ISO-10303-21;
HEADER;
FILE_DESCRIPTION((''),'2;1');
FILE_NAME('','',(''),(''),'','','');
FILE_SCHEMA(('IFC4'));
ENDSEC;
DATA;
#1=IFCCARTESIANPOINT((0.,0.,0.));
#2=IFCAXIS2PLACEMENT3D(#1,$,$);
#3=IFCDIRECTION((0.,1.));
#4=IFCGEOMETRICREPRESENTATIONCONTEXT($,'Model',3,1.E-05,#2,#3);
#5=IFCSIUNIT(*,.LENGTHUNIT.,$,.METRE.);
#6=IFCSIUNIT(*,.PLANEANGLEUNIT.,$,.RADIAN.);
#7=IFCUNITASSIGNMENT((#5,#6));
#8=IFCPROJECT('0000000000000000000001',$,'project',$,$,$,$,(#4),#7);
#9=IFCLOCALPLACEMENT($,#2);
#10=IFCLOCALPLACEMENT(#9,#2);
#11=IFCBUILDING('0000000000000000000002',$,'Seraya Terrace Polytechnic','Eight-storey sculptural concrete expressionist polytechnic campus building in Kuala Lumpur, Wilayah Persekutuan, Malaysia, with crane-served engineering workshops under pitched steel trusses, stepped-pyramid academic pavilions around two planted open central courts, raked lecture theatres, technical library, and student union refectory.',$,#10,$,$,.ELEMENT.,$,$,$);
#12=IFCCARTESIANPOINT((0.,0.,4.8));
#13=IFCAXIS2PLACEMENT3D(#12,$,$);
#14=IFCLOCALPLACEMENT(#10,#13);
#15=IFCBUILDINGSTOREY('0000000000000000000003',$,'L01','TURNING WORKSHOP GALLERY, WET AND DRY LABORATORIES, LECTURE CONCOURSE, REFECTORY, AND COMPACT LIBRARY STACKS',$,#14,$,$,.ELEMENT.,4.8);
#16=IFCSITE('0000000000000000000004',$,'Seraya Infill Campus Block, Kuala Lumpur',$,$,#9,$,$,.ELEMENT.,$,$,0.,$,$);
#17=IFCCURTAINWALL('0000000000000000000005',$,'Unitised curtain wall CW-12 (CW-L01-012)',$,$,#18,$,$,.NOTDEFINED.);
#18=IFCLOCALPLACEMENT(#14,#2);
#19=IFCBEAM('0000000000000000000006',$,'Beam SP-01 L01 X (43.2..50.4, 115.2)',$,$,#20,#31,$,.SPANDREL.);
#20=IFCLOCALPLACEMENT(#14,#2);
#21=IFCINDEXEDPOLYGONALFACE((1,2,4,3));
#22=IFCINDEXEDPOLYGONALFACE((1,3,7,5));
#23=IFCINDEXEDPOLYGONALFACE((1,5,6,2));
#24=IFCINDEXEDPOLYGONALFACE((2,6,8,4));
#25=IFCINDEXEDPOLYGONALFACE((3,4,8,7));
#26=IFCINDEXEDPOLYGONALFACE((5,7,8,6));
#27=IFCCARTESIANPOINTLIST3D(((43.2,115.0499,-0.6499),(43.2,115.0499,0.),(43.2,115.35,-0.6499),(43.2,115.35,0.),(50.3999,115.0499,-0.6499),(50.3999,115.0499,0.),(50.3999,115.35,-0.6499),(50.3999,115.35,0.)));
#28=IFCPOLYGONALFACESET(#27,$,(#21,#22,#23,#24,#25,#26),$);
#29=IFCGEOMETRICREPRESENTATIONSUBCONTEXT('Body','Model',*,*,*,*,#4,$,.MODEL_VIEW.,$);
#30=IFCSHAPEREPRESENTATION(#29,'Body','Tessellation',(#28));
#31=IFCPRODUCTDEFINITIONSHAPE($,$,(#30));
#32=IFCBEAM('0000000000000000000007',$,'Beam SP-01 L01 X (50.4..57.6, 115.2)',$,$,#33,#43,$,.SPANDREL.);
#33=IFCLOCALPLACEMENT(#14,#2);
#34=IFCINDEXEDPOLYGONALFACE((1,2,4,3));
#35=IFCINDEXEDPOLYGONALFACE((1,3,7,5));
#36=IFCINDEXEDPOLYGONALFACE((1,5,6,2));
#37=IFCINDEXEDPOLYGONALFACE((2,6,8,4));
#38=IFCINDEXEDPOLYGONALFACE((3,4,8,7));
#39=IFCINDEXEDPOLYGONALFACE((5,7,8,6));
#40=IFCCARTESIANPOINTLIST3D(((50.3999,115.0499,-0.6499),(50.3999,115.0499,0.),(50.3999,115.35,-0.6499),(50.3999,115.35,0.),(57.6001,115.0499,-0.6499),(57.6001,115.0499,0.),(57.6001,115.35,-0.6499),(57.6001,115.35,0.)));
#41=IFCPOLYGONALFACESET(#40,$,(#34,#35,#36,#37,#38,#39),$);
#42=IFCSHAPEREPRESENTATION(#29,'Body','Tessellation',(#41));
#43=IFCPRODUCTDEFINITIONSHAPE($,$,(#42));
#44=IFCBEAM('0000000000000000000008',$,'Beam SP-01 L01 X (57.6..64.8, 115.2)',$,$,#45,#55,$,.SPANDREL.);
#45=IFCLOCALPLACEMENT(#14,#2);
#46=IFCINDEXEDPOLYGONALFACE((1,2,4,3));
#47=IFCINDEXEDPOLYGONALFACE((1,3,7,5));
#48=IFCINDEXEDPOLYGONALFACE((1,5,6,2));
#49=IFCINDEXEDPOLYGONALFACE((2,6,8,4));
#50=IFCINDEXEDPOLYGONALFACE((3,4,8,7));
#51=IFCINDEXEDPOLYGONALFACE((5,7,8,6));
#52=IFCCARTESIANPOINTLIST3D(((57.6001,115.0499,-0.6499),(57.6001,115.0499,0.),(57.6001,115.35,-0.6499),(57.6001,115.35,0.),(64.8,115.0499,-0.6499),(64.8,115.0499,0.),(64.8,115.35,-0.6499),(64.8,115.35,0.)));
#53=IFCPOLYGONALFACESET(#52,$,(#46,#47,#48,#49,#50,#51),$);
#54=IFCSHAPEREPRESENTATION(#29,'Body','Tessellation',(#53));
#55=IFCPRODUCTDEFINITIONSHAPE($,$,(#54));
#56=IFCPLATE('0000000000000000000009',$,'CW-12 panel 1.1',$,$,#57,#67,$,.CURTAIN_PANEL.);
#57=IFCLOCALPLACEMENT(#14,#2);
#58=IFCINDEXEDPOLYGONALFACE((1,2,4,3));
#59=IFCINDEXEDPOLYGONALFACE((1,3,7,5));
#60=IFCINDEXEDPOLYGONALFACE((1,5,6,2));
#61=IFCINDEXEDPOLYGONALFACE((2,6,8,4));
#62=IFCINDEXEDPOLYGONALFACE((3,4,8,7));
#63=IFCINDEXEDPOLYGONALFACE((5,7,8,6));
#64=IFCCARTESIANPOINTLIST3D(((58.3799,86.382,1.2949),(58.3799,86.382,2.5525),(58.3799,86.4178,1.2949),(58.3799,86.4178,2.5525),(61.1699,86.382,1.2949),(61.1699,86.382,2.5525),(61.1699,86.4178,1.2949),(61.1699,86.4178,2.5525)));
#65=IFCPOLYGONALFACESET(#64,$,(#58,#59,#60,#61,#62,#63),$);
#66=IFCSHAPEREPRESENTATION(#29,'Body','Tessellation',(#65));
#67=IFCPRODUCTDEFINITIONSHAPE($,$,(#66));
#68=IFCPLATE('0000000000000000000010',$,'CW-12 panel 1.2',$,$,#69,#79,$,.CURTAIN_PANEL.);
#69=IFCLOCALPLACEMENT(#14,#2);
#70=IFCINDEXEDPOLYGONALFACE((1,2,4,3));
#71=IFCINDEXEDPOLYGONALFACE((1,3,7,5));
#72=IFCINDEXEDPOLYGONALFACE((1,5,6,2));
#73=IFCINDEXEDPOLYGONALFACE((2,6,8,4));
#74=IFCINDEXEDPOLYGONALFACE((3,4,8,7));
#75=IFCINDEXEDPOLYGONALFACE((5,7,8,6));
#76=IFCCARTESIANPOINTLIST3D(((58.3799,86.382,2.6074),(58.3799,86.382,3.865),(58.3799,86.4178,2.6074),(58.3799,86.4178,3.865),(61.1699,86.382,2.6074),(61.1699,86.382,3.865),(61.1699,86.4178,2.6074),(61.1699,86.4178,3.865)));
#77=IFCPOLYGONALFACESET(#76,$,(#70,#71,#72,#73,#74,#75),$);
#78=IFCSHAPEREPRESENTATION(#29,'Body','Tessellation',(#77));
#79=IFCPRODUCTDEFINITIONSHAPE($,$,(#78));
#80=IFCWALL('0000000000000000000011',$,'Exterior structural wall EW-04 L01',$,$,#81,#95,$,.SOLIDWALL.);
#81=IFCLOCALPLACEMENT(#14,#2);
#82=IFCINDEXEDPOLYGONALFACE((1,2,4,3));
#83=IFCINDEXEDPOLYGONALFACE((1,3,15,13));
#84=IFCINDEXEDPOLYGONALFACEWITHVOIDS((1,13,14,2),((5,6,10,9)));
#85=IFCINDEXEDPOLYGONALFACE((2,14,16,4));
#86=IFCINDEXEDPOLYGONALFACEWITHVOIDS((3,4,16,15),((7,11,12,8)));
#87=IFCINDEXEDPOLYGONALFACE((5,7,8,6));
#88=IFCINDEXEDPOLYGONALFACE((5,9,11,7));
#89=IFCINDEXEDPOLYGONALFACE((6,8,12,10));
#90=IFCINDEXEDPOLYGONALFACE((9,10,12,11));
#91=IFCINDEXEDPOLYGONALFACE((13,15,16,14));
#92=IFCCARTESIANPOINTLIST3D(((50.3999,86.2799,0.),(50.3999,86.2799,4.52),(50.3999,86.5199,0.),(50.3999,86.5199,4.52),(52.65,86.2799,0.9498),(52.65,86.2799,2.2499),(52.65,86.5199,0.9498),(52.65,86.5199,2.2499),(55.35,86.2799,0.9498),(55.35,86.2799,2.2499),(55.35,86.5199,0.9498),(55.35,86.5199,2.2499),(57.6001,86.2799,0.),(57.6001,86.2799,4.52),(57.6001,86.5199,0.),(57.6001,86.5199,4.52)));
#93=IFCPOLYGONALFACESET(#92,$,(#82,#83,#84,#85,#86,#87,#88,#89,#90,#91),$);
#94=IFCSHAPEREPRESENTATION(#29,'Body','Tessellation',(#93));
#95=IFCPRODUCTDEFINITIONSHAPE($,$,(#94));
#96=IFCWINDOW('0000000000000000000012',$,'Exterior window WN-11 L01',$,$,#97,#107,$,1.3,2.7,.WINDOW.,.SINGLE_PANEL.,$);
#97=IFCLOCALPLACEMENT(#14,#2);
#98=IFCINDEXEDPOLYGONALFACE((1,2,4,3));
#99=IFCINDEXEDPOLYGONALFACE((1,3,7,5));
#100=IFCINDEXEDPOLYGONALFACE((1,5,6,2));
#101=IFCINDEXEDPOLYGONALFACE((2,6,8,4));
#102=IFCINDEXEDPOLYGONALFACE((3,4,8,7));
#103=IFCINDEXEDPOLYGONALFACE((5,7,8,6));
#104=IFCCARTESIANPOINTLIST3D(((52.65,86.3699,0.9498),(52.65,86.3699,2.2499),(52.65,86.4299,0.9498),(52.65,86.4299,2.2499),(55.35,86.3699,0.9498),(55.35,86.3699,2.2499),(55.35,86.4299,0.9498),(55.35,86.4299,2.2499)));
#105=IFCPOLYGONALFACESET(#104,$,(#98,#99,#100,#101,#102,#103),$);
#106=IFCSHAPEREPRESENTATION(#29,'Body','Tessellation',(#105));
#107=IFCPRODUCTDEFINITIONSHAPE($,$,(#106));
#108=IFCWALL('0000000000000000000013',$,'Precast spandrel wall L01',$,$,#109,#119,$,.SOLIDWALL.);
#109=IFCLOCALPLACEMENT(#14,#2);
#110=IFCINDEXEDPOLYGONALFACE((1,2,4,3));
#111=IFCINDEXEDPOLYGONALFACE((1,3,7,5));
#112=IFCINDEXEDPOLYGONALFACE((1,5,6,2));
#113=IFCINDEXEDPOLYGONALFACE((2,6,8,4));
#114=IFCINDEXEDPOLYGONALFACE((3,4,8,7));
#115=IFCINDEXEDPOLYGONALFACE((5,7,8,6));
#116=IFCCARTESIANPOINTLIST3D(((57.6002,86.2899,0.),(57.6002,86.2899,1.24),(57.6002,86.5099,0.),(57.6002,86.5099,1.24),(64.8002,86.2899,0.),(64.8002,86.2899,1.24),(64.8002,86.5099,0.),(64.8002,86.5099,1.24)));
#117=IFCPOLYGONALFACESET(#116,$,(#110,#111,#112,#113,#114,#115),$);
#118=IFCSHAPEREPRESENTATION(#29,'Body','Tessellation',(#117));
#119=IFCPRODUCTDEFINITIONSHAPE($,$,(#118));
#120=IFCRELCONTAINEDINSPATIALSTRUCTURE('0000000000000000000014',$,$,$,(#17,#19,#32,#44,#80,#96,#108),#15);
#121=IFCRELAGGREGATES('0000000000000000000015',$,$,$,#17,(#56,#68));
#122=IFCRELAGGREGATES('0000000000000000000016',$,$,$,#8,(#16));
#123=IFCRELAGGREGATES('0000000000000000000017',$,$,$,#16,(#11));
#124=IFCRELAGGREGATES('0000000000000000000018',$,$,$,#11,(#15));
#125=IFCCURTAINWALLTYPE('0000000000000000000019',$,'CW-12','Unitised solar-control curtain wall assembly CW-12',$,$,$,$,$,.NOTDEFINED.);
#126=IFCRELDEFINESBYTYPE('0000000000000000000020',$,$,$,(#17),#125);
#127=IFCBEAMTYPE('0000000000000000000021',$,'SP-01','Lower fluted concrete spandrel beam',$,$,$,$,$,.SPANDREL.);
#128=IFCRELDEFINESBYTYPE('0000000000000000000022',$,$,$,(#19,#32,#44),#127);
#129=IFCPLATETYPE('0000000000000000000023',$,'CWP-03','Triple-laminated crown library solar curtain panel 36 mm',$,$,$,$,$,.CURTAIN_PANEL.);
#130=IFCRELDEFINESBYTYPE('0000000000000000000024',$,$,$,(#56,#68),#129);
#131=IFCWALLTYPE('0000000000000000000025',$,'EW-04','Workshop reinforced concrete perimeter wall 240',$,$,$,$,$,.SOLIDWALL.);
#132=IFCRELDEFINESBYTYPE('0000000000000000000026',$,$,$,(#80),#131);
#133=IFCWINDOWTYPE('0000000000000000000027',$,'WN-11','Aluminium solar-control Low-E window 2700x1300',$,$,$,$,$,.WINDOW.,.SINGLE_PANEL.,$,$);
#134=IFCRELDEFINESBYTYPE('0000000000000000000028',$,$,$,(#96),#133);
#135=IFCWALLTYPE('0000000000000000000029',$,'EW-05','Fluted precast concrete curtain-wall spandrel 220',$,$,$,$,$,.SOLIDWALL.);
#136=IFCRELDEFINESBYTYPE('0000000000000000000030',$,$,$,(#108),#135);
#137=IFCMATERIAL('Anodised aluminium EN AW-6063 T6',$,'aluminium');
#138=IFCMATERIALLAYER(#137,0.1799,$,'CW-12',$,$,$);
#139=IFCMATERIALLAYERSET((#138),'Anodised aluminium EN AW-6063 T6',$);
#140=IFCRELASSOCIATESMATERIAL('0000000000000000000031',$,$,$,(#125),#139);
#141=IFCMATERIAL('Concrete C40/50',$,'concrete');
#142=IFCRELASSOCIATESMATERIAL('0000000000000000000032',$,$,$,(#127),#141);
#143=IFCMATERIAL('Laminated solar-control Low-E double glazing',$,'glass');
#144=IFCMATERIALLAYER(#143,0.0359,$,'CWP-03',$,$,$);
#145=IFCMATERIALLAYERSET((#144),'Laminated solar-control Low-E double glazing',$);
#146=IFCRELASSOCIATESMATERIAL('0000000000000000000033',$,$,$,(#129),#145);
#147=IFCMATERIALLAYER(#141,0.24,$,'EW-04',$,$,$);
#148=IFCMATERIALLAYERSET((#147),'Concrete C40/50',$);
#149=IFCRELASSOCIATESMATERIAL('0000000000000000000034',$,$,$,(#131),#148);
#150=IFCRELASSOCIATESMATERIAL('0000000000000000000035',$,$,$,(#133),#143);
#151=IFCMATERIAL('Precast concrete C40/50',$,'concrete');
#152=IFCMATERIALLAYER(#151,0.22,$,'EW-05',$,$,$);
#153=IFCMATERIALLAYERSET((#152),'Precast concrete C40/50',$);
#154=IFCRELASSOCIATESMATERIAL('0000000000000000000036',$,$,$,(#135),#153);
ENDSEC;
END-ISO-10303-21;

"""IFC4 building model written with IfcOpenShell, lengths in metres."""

from ifc_helpers import new_model, si_unit, direction, frame, frame_2d, origin, origin_2d, place, context, subcontext, project, spatial, rectangle, extrude, material, layer, layer_set, material_profile, profile_set, type_object, element, fill, aggregate, save


model = new_model("IFC4")

# Units and contexts
model_context = context("Model", 3, precision=1e-05, world=origin(), true_north=direction((0.0, 1.0)))
body_context = subcontext(model_context, "Body", "Model", "MODEL_VIEW")
ifc_project = project(units=[si_unit("LENGTHUNIT", "METRE"), si_unit("PLANEANGLEUNIT", "RADIAN")], contexts=[model_context])

# Site, building, storey
site_placement = place(None, origin())
site = spatial("IfcSite", under=ifc_project, at=site_placement, Name="Seraya Infill Campus Block, Kuala Lumpur", CompositionType="ELEMENT", RefElevation=0.0)
building_placement = place(site_placement, origin())
building = spatial("IfcBuilding", under=site, at=building_placement, Name="Seraya Terrace Polytechnic", Description="Eight-storey sculptural concrete expressionist polytechnic campus building in Kuala Lumpur, Wilayah Persekutuan, Malaysia, with crane-served engineering workshops under pitched steel trusses, stepped-pyramid academic pavilions around two planted open central courts, raked lecture theatres, technical library, and student union refectory.", CompositionType="ELEMENT")
storey_placement = place(building_placement, frame((0.0, 0.0, 4.8)))
storey = spatial("IfcBuildingStorey", under=building, at=storey_placement, Name="L01", Description="TURNING WORKSHOP GALLERY, WET AND DRY LABORATORIES, LECTURE CONCOURSE, REFECTORY, AND COMPACT LIBRARY STACKS", CompositionType="ELEMENT", Elevation=4.8)

# Shared definitions
ifc_material_1 = material(Name="Concrete C40/50", Category="concrete")

# Shared definitions
ifc_material_2 = material(Name="Anodised aluminium EN AW-6063 T6", Category="aluminium")

# Curtain wall
ifc_layer_1 = layer(ifc_material_2, 0.1799, Name="CW-12")
ifc_layer_set_1 = layer_set([ifc_layer_1], Name="Anodised aluminium EN AW-6063 T6")
curtain_wall_type_1 = type_object("IfcCurtainWallType", Name="CW-12", Description="Unitised solar-control curtain wall assembly CW-12", PredefinedType="NOTDEFINED", material=ifc_layer_set_1)
curtain_wall_1_placement = place(storey_placement, origin())
curtain_wall_1 = element("IfcCurtainWall", 1, at=curtain_wall_1_placement, inside=storey, type_object=curtain_wall_type_1, Name="Unitised curtain wall CW-12 (CW-L01-012)", PredefinedType="NOTDEFINED")

# Beams
ifc_material_profile_1 = material_profile(ifc_material_1, rectangle(XDim=0.3, YDim=0.6499, at=origin_2d()), Name="RC 300x650")
ifc_profile_set_1 = profile_set([ifc_material_profile_1], Name="Concrete C40/50")
beam_type = type_object("IfcBeamType", Name="SP-01", Description="Lower fluted concrete spandrel beam", PredefinedType="SPANDREL", material=ifc_profile_set_1)
for number, where, z_axis, x_axis, name in (
    (2, (43.2, 115.2, -0.325), (1.0, 0.0, 0.0), (0.0, 1.0, 0.0), "Beam SP-01 L01 X (43.2..50.4, 115.2)"),
):
    element("IfcBeam", number, at=place(storey_placement, frame(where, z_axis=z_axis, x_axis=x_axis)), inside=storey, type_object=beam_type, Name=name, PredefinedType="SPANDREL", context=body_context, shape_type="SweptSolid", body=[
        extrude(rectangle(XDim=0.3, YDim=0.6499, at=origin_2d()), origin(), (0.0, 0.0, 1.0), 7.2),
    ])
beam_1_placement = place(storey_placement, frame((50.3999, 115.2, -0.325), z_axis=(1.0, 0.0, 0.0), x_axis=(0.0, 1.0, 0.0)))
element("IfcBeam", 3, at=beam_1_placement, inside=storey, type_object=beam_type, Name="Beam SP-01 L01 X (50.4..57.6, 115.2)", PredefinedType="SPANDREL", context=body_context, shape_type="SweptSolid", body=[
    extrude(rectangle(XDim=0.3, YDim=0.6499, at=origin_2d()), origin(), (0.0, 0.0, 1.0), 7.2002),
])
beam_2_placement = place(storey_placement, frame((57.6001, 115.2, -0.325), z_axis=(1.0, 0.0, 0.0), x_axis=(0.0, 1.0, 0.0)))
element("IfcBeam", 4, at=beam_2_placement, inside=storey, type_object=beam_type, Name="Beam SP-01 L01 X (57.6..64.8, 115.2)", PredefinedType="SPANDREL", context=body_context, shape_type="SweptSolid", body=[
    extrude(rectangle(XDim=0.3, YDim=0.6499, at=origin_2d()), origin(), (0.0, 0.0, 1.0), 7.2),
])

# Plates
ifc_material_3 = material(Name="Laminated solar-control Low-E double glazing", Category="glass")
ifc_layer_2 = layer(ifc_material_3, 0.0359, Name="CWP-03")
ifc_layer_set_2 = layer_set([ifc_layer_2], Name="Laminated solar-control Low-E double glazing")
plate_type = type_object("IfcPlateType", Name="CWP-03", Description="Triple-laminated crown library solar curtain panel 36 mm", PredefinedType="CURTAIN_PANEL", material=ifc_layer_set_2)
plate_1_placement = place(storey_placement, frame((59.7749, 86.3999, 1.2949), z_axis=(0.0, 0.0, 1.0), x_axis=(1.0, 0.0, 0.0)))
plate_1 = element("IfcPlate", 5, at=plate_1_placement, type_object=plate_type, Name="CW-12 panel 1.1", PredefinedType="CURTAIN_PANEL", context=body_context, shape_type="SweptSolid", body=[
    extrude(rectangle(XDim=2.79, YDim=0.0359, at=origin_2d()), origin(), (0.0, 0.0, 1.0), 1.2576),
])
plate_2_placement = place(storey_placement, frame((59.7749, 86.3999, 2.6074), z_axis=(0.0, 0.0, 1.0), x_axis=(1.0, 0.0, 0.0)))
plate_2 = element("IfcPlate", 6, at=plate_2_placement, type_object=plate_type, Name="CW-12 panel 1.2", PredefinedType="CURTAIN_PANEL", context=body_context, shape_type="SweptSolid", body=[
    extrude(rectangle(XDim=2.79, YDim=0.0359, at=origin_2d()), origin(), (0.0, 0.0, 1.0), 1.2576),
])
aggregate(curtain_wall_1, [plate_1, plate_2])

# Wall, opening, window
ifc_layer_3 = layer(ifc_material_1, 0.24, Name="EW-04")
ifc_layer_set_3 = layer_set([ifc_layer_3], Name="Concrete C40/50")
wall_type_1 = type_object("IfcWallType", Name="EW-04", Description="Workshop reinforced concrete perimeter wall 240", PredefinedType="SOLIDWALL", material=ifc_layer_set_3)
wall_1_placement = place(storey_placement, frame((50.3999, 86.3999, 0.0), z_axis=(0.0, 0.0, 1.0), x_axis=(1.0, 0.0, 0.0)))
wall_1 = element("IfcWall", 7, at=wall_1_placement, inside=storey, type_object=wall_type_1, Name="Exterior structural wall EW-04 L01", PredefinedType="SOLIDWALL", context=body_context, shape_type="SweptSolid", body=[
    extrude(rectangle(XDim=7.2002, YDim=0.24, at=frame_2d((3.6001, 0.0))), origin(), (0.0, 0.0, 1.0), 4.52),
])
opening_placement = place(wall_1_placement, frame((2.25, 0.0, 0.95)))
opening = element("IfcOpeningElement", 8, at=opening_placement, cuts=wall_1, PredefinedType="OPENING", context=body_context, shape_type="SweptSolid", body=[
    extrude(rectangle(XDim=2.7, YDim=1.3, at=frame_2d((1.3501, 0.6499))), frame((0.0, 0.1318, 0.0), z_axis=(0.0, -1.0, 0.0), x_axis=(1.0, 0.0, 0.0)), (0.0, 0.0, 1.0), 0.2639),
])
window_type = type_object("IfcWindowType", Name="WN-11", Description="Aluminium solar-control Low-E window 2700x1300", PartitioningType="SINGLE_PANEL", PredefinedType="WINDOW", material=ifc_material_3)
window_placement = place(opening_placement, origin())
window = element("IfcWindow", 9, at=window_placement, inside=storey, type_object=window_type, Name="Exterior window WN-11 L01", OverallHeight=1.3, OverallWidth=2.7, PartitioningType="SINGLE_PANEL", PredefinedType="WINDOW", context=body_context, shape_type="SweptSolid", body=[
    extrude(rectangle(XDim=2.7, YDim=1.3, at=frame_2d((1.3501, 0.6499))), frame((0.0, 0.03, 0.0), z_axis=(0.0, -1.0, 0.0), x_axis=(1.0, 0.0, 0.0)), (0.0, 0.0, 1.0), 0.0601),
])
fill(opening, window)

# Wall
ifc_material_4 = material(Name="Precast concrete C40/50", Category="concrete")
ifc_layer_4 = layer(ifc_material_4, 0.22, Name="EW-05")
ifc_layer_set_4 = layer_set([ifc_layer_4], Name="Precast concrete C40/50")
wall_type_2 = type_object("IfcWallType", Name="EW-05", Description="Fluted precast concrete curtain-wall spandrel 220", PredefinedType="SOLIDWALL", material=ifc_layer_set_4)
wall_2_placement = place(storey_placement, frame((57.6001, 86.3999, 0.0), z_axis=(0.0, 0.0, 1.0), x_axis=(1.0, 0.0, 0.0)))
element("IfcWall", 10, at=wall_2_placement, inside=storey, type_object=wall_type_2, Name="Precast spandrel wall L01", PredefinedType="SOLIDWALL", context=body_context, shape_type="SweptSolid", body=[
    extrude(rectangle(XDim=7.2, YDim=0.22, at=frame_2d((3.6001, 0.0))), origin(), (0.0, 0.0, 1.0), 1.24),
])

save(model, "model.ifc")
